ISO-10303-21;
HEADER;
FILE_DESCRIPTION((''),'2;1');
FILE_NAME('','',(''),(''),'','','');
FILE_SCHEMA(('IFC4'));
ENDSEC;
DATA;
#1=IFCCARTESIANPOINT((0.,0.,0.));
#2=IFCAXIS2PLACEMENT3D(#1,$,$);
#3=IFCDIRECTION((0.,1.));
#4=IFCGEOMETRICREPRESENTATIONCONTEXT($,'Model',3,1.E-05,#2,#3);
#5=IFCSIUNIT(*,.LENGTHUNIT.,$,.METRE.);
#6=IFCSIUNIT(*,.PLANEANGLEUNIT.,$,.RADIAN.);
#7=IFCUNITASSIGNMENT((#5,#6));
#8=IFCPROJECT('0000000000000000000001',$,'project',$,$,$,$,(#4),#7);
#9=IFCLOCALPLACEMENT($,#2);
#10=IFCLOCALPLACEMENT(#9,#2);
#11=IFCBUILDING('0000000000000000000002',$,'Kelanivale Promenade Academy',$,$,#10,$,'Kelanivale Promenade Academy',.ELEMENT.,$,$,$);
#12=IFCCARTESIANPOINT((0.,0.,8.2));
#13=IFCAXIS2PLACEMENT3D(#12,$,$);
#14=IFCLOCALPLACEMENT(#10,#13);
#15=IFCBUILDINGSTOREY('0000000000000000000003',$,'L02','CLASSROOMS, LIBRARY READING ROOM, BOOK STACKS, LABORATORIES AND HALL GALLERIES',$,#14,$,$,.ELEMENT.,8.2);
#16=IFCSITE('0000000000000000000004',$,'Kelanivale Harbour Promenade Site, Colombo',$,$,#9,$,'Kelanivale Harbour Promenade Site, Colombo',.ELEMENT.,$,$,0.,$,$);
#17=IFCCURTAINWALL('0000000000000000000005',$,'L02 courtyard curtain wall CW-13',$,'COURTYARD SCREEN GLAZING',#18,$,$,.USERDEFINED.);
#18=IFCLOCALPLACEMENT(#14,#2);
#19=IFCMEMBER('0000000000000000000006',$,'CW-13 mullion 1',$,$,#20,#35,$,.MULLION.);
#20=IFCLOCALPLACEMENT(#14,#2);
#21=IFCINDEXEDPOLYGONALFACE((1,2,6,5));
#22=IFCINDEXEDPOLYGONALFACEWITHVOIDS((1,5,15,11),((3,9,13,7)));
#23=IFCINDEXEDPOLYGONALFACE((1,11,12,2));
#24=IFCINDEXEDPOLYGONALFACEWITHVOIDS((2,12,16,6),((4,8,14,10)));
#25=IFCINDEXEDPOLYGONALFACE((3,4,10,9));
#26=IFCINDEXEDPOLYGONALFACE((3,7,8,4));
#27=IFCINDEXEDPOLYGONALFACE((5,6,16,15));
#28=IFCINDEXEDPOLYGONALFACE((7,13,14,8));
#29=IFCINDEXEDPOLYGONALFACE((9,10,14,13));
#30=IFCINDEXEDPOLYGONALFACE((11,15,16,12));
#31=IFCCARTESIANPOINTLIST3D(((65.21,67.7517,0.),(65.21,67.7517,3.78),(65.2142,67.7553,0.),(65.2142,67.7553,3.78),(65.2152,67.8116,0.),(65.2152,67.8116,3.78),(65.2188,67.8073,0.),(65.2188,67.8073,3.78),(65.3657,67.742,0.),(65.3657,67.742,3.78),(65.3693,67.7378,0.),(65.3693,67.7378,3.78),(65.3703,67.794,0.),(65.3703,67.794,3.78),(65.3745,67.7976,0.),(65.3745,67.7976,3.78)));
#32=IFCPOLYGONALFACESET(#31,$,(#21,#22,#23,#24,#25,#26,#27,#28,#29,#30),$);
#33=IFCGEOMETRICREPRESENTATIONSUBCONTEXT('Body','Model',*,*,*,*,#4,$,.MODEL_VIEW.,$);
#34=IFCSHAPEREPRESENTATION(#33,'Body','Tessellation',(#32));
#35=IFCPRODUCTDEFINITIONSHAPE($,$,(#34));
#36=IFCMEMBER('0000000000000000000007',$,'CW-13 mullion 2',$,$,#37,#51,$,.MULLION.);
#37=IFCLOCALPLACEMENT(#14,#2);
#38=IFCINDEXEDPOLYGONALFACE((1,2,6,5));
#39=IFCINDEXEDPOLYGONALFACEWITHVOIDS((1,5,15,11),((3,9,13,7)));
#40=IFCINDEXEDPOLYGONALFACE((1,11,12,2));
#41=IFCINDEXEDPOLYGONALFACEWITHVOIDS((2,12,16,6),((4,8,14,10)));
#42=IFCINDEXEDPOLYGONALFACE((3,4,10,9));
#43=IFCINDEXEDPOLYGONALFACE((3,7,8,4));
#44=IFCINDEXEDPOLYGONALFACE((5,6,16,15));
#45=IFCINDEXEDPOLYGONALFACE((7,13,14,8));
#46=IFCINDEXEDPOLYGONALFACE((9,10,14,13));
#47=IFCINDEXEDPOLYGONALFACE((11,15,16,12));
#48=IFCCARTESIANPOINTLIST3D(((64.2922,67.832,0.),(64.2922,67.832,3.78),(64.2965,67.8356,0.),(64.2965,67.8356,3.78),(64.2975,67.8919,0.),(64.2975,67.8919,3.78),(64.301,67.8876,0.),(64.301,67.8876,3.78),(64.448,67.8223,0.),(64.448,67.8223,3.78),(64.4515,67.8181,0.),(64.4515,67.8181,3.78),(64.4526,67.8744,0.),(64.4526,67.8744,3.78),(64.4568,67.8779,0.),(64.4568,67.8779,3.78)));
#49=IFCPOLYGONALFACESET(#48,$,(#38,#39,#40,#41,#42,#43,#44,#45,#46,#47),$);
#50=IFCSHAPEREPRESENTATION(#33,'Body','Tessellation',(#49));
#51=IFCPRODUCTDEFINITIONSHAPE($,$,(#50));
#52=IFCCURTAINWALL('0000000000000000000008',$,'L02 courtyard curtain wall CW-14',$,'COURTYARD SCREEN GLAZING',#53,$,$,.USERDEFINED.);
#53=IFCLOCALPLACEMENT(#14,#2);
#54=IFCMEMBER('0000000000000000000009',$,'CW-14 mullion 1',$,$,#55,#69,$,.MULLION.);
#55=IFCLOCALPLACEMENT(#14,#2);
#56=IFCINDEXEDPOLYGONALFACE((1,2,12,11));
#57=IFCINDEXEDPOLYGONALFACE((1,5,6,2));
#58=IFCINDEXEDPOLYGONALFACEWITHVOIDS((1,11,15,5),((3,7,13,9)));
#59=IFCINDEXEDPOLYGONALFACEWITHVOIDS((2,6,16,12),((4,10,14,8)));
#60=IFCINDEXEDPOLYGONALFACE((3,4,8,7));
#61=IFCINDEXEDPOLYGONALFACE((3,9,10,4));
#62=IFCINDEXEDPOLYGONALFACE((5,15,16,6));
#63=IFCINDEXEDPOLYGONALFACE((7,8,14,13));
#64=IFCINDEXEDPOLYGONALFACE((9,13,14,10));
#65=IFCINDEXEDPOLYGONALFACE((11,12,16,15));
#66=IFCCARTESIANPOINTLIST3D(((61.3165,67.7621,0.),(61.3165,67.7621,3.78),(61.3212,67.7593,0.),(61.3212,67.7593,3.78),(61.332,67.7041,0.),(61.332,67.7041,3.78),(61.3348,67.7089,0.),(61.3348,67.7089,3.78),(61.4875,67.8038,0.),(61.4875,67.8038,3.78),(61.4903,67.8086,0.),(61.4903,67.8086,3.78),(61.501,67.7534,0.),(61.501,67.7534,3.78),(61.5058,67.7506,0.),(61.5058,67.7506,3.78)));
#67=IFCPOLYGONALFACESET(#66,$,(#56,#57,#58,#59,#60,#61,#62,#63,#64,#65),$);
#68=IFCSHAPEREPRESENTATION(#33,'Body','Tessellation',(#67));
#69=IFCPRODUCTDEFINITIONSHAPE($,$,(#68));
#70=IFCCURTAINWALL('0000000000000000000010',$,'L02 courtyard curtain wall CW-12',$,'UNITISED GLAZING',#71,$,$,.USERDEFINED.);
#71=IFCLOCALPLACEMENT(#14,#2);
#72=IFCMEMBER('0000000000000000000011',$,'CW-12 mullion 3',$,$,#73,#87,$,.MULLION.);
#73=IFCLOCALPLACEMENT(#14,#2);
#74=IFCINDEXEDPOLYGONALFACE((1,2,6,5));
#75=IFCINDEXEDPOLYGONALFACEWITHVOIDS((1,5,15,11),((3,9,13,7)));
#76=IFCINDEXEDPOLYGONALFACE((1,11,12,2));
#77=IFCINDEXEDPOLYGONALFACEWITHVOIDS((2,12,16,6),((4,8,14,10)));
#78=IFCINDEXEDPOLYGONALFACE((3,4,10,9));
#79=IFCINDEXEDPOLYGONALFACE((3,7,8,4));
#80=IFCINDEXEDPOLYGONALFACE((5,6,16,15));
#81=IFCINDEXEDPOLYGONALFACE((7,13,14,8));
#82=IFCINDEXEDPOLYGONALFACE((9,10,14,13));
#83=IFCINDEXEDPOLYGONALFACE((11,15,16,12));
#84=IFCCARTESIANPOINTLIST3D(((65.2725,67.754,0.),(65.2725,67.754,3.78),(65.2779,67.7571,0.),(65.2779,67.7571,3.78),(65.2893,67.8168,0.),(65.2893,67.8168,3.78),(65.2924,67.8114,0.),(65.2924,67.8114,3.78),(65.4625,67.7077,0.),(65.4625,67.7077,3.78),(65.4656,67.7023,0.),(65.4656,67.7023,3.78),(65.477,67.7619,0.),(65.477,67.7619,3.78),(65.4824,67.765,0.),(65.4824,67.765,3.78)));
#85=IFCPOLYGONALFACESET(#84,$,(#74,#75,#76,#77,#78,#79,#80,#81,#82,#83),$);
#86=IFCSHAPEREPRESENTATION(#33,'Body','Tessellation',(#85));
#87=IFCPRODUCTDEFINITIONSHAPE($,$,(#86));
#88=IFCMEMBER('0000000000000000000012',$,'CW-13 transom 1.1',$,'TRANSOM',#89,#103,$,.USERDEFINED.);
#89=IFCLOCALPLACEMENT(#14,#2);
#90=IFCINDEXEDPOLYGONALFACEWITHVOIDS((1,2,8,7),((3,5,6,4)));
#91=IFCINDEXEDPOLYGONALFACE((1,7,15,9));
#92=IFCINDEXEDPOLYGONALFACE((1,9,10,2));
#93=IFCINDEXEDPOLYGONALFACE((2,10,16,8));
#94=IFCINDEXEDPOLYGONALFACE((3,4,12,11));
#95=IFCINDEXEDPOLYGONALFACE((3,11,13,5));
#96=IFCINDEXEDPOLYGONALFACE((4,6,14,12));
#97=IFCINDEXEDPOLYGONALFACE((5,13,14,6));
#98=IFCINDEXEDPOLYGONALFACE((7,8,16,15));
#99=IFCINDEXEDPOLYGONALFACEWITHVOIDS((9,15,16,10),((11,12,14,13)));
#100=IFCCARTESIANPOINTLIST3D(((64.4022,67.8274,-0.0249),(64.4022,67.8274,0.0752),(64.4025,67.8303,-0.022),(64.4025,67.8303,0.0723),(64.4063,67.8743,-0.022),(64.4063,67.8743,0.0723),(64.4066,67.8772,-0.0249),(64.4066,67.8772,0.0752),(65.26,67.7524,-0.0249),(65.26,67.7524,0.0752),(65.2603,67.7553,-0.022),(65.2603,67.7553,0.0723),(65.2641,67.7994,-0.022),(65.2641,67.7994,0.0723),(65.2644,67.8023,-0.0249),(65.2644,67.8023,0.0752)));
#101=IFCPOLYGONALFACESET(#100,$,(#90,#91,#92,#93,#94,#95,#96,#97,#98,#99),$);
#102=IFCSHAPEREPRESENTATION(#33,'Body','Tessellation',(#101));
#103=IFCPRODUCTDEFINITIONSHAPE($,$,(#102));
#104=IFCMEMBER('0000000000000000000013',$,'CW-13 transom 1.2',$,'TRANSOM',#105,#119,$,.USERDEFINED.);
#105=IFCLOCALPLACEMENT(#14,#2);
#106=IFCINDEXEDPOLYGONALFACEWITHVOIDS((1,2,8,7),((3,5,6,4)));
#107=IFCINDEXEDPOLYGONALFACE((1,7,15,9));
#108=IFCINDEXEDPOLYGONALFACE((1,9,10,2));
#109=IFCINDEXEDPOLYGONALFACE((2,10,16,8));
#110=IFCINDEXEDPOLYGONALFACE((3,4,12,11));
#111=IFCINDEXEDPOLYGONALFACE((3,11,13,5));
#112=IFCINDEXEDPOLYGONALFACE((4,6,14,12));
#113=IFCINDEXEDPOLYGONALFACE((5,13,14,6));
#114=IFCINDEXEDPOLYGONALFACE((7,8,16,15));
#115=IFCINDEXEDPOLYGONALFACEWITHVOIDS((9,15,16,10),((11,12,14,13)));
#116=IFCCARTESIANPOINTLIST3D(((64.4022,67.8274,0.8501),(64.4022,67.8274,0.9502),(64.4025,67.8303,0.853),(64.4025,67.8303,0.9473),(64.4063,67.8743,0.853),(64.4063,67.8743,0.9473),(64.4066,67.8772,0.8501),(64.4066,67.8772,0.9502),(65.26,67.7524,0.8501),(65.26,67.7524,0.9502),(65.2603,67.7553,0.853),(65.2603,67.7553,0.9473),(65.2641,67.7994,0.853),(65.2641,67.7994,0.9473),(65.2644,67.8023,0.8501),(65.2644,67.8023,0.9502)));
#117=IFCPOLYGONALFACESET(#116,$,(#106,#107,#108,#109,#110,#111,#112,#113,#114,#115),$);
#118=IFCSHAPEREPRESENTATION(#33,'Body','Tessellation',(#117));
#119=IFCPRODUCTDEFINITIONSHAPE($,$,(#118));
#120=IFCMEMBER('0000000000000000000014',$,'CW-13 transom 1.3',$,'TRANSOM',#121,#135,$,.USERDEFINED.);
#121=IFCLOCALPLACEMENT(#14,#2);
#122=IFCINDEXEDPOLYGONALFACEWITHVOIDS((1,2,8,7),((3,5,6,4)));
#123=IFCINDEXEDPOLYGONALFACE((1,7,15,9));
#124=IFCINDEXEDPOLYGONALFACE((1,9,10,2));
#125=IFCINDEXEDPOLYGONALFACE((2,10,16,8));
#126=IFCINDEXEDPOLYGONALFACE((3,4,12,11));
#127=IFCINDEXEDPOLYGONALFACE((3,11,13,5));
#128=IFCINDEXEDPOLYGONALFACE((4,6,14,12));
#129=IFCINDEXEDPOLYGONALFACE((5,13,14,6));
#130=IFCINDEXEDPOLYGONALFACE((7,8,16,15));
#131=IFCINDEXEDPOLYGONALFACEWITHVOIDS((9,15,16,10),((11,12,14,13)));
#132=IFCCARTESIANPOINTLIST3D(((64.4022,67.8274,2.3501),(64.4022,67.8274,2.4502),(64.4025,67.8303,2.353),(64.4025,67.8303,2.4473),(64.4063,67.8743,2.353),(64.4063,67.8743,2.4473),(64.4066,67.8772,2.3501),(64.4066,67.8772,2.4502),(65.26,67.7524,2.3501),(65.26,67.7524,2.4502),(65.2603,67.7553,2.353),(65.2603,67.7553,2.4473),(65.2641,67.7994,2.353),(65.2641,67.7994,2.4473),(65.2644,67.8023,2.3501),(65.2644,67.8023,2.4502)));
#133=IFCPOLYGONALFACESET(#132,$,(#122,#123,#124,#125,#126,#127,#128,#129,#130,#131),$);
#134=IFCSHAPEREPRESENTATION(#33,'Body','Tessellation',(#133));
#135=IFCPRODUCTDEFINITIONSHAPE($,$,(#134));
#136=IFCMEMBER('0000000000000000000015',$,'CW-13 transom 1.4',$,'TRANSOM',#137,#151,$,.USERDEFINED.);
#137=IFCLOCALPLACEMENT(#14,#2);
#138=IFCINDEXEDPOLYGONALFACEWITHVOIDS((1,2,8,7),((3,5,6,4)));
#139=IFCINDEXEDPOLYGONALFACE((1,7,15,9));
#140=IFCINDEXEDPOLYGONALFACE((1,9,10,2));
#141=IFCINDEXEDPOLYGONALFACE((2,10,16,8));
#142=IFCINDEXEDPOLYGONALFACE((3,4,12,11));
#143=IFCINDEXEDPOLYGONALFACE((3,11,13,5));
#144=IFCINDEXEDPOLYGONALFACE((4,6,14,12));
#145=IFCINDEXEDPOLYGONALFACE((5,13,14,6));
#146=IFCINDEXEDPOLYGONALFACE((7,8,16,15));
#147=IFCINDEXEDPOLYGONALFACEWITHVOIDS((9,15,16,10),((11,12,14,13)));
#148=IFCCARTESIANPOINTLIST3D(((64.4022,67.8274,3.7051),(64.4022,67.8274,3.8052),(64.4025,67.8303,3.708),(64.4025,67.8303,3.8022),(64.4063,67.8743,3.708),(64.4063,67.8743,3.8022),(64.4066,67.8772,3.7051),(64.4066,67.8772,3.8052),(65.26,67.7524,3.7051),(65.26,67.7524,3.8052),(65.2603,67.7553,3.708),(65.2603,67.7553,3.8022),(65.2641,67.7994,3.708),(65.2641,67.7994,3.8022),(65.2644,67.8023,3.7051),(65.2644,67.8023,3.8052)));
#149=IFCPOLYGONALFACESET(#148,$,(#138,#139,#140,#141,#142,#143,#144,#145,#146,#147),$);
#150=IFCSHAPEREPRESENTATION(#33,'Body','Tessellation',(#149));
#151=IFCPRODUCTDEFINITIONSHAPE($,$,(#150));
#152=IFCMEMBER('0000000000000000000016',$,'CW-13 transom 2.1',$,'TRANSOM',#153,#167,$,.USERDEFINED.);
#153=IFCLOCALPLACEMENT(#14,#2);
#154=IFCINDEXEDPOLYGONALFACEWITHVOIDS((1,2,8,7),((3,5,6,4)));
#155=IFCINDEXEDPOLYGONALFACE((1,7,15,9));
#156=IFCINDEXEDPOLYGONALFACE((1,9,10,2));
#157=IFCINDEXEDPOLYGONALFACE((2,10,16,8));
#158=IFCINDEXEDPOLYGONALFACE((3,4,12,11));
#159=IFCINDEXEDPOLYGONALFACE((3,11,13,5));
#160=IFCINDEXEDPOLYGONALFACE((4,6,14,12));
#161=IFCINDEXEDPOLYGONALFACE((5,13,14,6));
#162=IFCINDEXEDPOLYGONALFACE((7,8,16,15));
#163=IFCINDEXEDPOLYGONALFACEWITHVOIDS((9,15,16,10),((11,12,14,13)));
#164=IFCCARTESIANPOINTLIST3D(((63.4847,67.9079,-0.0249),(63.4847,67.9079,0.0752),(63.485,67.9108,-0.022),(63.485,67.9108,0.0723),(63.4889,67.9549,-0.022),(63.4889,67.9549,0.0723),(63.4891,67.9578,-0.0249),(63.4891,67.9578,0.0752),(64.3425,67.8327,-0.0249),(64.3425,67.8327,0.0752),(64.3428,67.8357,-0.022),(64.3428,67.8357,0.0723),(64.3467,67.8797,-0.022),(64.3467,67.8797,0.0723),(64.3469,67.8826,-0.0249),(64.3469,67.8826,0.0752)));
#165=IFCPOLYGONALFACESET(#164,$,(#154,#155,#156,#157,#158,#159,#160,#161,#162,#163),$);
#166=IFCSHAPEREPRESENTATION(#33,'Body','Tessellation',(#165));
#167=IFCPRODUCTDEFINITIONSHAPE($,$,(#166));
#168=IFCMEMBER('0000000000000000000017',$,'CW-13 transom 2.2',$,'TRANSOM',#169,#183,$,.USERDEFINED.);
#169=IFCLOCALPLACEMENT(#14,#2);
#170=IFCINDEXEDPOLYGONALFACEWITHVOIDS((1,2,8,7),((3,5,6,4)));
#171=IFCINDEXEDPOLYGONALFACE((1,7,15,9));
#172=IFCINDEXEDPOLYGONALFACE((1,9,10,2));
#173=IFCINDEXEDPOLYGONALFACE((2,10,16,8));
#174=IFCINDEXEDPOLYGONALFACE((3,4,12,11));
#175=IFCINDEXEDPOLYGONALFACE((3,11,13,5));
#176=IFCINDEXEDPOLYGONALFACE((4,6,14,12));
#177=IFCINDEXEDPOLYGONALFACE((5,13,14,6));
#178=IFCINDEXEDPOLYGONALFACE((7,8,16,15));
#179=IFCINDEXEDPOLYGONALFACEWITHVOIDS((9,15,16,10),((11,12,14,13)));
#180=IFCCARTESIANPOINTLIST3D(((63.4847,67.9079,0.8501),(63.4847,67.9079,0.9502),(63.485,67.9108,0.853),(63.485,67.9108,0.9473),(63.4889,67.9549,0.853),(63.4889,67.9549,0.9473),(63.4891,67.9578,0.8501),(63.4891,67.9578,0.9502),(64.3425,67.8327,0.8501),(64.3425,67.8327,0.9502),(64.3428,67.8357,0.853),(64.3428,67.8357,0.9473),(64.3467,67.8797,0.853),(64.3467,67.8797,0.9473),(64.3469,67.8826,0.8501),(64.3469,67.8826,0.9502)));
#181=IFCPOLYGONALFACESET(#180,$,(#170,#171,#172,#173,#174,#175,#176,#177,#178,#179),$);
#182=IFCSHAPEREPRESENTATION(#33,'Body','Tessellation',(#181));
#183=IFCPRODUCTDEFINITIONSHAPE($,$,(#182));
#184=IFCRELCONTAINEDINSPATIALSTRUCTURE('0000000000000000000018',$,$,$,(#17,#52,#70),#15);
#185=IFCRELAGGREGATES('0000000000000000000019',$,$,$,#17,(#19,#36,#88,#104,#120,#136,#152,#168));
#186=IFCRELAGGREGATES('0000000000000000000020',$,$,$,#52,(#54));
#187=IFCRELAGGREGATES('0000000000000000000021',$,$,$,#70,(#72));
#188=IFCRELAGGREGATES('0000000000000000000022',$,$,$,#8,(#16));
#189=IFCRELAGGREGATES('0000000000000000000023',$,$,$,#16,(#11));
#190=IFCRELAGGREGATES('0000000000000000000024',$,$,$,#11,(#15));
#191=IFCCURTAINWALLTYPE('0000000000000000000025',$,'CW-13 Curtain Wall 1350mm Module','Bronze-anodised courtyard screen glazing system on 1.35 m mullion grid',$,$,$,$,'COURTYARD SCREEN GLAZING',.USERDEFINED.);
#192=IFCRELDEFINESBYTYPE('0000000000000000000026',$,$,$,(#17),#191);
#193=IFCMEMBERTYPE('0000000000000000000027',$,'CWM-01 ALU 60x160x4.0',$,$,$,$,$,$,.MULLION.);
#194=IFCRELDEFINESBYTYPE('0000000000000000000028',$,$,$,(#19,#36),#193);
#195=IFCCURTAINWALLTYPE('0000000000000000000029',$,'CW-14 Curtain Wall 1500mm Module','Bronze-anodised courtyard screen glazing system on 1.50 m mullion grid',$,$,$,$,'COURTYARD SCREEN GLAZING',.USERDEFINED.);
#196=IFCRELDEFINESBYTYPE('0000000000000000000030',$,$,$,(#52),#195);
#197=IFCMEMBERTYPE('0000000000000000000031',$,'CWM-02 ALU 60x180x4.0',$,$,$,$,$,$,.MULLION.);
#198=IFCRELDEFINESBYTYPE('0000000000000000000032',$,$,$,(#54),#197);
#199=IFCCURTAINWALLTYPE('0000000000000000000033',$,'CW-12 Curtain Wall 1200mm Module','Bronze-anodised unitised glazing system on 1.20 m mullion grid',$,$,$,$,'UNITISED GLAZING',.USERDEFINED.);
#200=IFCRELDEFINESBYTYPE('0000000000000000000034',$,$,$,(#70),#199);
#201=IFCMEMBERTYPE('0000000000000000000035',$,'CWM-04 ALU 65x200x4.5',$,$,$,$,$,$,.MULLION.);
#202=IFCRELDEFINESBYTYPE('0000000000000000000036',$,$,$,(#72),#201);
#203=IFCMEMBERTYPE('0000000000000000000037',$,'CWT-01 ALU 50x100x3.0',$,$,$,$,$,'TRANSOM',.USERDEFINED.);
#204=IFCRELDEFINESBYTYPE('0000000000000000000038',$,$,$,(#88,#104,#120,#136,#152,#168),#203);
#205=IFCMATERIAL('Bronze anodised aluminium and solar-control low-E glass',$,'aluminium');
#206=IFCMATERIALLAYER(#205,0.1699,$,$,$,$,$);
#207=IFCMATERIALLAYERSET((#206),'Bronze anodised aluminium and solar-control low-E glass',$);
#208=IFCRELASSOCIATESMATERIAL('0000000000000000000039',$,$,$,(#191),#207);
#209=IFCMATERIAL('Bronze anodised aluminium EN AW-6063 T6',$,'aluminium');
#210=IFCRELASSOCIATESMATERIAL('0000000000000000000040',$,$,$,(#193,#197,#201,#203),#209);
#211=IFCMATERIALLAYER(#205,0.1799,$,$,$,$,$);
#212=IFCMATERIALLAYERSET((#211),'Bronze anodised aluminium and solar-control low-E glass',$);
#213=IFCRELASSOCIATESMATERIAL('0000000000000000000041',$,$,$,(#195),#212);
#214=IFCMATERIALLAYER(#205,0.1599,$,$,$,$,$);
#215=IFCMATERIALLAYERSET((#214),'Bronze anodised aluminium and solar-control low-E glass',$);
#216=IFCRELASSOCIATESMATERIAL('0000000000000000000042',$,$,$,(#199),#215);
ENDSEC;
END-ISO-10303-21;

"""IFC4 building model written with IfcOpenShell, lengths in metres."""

from ifc_helpers import new_model, si_unit, direction, frame, origin, origin_2d, place, context, subcontext, project, spatial, hollow_rectangle, extrude, material, layer, layer_set, material_profile, profile_set, type_object, element, aggregate, save


model = new_model("IFC4")

# Units and contexts
model_context = context("Model", 3, precision=1e-05, world=origin(), true_north=direction((0.0, 1.0)))
body_context = subcontext(model_context, "Body", "Model", "MODEL_VIEW")
ifc_project = project(units=[si_unit("LENGTHUNIT", "METRE"), si_unit("PLANEANGLEUNIT", "RADIAN")], contexts=[model_context])

# Site, building, storey
site_placement = place(None, origin())
site = spatial("IfcSite", under=ifc_project, at=site_placement, Name="Kelanivale Harbour Promenade Site, Colombo", LongName="Kelanivale Harbour Promenade Site, Colombo", CompositionType="ELEMENT", RefElevation=0.0)
building_placement = place(site_placement, origin())
building = spatial("IfcBuilding", under=site, at=building_placement, Name="Kelanivale Promenade Academy", LongName="Kelanivale Promenade Academy", CompositionType="ELEMENT")
storey_placement = place(building_placement, frame((0.0, 0.0, 8.2)))
storey = spatial("IfcBuildingStorey", under=building, at=storey_placement, Name="L02", Description="CLASSROOMS, LIBRARY READING ROOM, BOOK STACKS, LABORATORIES AND HALL GALLERIES", CompositionType="ELEMENT", Elevation=8.2)

# Curtain wall, members
ifc_material_1 = material(Name="Bronze anodised aluminium and solar-control low-E glass", Category="aluminium")
ifc_layer_1 = layer(ifc_material_1, 0.1699)
ifc_layer_set_1 = layer_set([ifc_layer_1], Name="Bronze anodised aluminium and solar-control low-E glass")
curtain_wall_type_1 = type_object("IfcCurtainWallType", Name="CW-13 Curtain Wall 1350mm Module", Description="Bronze-anodised courtyard screen glazing system on 1.35 m mullion grid", ElementType="COURTYARD SCREEN GLAZING", PredefinedType="USERDEFINED", material=ifc_layer_set_1)
curtain_wall_1_placement = place(storey_placement, origin())
curtain_wall_1 = element("IfcCurtainWall", 1, at=curtain_wall_1_placement, inside=storey, type_object=curtain_wall_type_1, Name="L02 courtyard curtain wall CW-13", ObjectType="COURTYARD SCREEN GLAZING", PredefinedType="USERDEFINED")
ifc_material_2 = material(Name="Bronze anodised aluminium EN AW-6063 T6", Category="aluminium")
ifc_material_profile_1 = material_profile(ifc_material_2, hollow_rectangle(XDim=0.0601, YDim=0.1599, WallThickness=0.0039, at=origin_2d()), Name="ALU 60x160x4.0")
ifc_profile_set_1 = profile_set([ifc_material_profile_1], Name="Bronze anodised aluminium EN AW-6063 T6")
member_type_1 = type_object("IfcMemberType", Name="CWM-01 ALU 60x160x4.0", PredefinedType="MULLION", material=ifc_profile_set_1)
member_1_placement = place(storey_placement, frame((65.2922, 67.7747, 0.0), z_axis=(0.0, 0.0, 1.0), x_axis=(-0.087265, -0.996185, 0.0)))
member_1 = element("IfcMember", 2, at=member_1_placement, type_object=member_type_1, Name="CW-13 mullion 1", PredefinedType="MULLION", context=body_context, shape_type="SweptSolid", body=[
    extrude(hollow_rectangle(XDim=0.0601, YDim=0.1599, WallThickness=0.0039, at=origin_2d()), origin(), (0.0, 0.0, 1.0), 3.78),
])
member_2_placement = place(storey_placement, frame((64.3745, 67.855, 0.0), z_axis=(0.0, 0.0, 1.0), x_axis=(-0.087265, -0.996185, 0.0)))
member_2 = element("IfcMember", 3, at=member_2_placement, type_object=member_type_1, Name="CW-13 mullion 2", PredefinedType="MULLION", context=body_context, shape_type="SweptSolid", body=[
    extrude(hollow_rectangle(XDim=0.0601, YDim=0.1599, WallThickness=0.0039, at=origin_2d()), origin(), (0.0, 0.0, 1.0), 3.78),
])

# Curtain walls, members
ifc_layer_2 = layer(ifc_material_1, 0.1799)
ifc_layer_set_2 = layer_set([ifc_layer_2], Name="Bronze anodised aluminium and solar-control low-E glass")
curtain_wall_type_2 = type_object("IfcCurtainWallType", Name="CW-14 Curtain Wall 1500mm Module", Description="Bronze-anodised courtyard screen glazing system on 1.50 m mullion grid", ElementType="COURTYARD SCREEN GLAZING", PredefinedType="USERDEFINED", material=ifc_layer_set_2)
curtain_wall_2_placement = place(storey_placement, origin())
curtain_wall_2 = element("IfcCurtainWall", 4, at=curtain_wall_2_placement, inside=storey, type_object=curtain_wall_type_2, Name="L02 courtyard curtain wall CW-14", ObjectType="COURTYARD SCREEN GLAZING", PredefinedType="USERDEFINED")
ifc_material_profile_2 = material_profile(ifc_material_2, hollow_rectangle(XDim=0.0601, YDim=0.1799, WallThickness=0.0039, at=origin_2d()), Name="ALU 60x180x4.0")
ifc_profile_set_2 = profile_set([ifc_material_profile_2], Name="Bronze anodised aluminium EN AW-6063 T6")
member_type_2 = type_object("IfcMemberType", Name="CWM-02 ALU 60x180x4.0", PredefinedType="MULLION", material=ifc_profile_set_2)
member_3_placement = place(storey_placement, frame((61.4111, 67.7563, 0.0), z_axis=(0.0, 0.0, 1.0), x_axis=(0.258578, -0.96599, 0.0)))
member_3 = element("IfcMember", 5, at=member_3_placement, type_object=member_type_2, Name="CW-14 mullion 1", PredefinedType="MULLION", context=body_context, shape_type="SweptSolid", body=[
    extrude(hollow_rectangle(XDim=0.0601, YDim=0.1799, WallThickness=0.0039, at=origin_2d()), origin(), (0.0, 0.0, 1.0), 3.78),
])
ifc_layer_3 = layer(ifc_material_1, 0.1599)
ifc_layer_set_3 = layer_set([ifc_layer_3], Name="Bronze anodised aluminium and solar-control low-E glass")
curtain_wall_type_3 = type_object("IfcCurtainWallType", Name="CW-12 Curtain Wall 1200mm Module", Description="Bronze-anodised unitised glazing system on 1.20 m mullion grid", ElementType="UNITISED GLAZING", PredefinedType="USERDEFINED", material=ifc_layer_set_3)
curtain_wall_3_placement = place(storey_placement, origin())
curtain_wall_3 = element("IfcCurtainWall", 6, at=curtain_wall_3_placement, inside=storey, type_object=curtain_wall_type_3, Name="L02 courtyard curtain wall CW-12", ObjectType="UNITISED GLAZING", PredefinedType="USERDEFINED")
ifc_material_profile_3 = material_profile(ifc_material_2, hollow_rectangle(XDim=0.0649, YDim=0.2, WallThickness=0.0044, at=origin_2d()), Name="ALU 65x200x4.5")
ifc_profile_set_3 = profile_set([ifc_material_profile_3], Name="Bronze anodised aluminium EN AW-6063 T6")
member_type_3 = type_object("IfcMemberType", Name="CWM-04 ALU 65x200x4.5", PredefinedType="MULLION", material=ifc_profile_set_3)
member_4_placement = place(storey_placement, frame((65.3774, 67.7595, 0.0), z_axis=(0.0, 0.0, 1.0), x_axis=(-0.258701, -0.965957, 0.0)))
member_4 = element("IfcMember", 7, at=member_4_placement, type_object=member_type_3, Name="CW-12 mullion 3", PredefinedType="MULLION", context=body_context, shape_type="SweptSolid", body=[
    extrude(hollow_rectangle(XDim=0.0649, YDim=0.2, WallThickness=0.0044, at=origin_2d()), origin(), (0.0, 0.0, 1.0), 3.78),
])

# Members
ifc_material_profile_4 = material_profile(ifc_material_2, hollow_rectangle(XDim=0.05, YDim=0.1001, WallThickness=0.0029, at=origin_2d()), Name="ALU 50x100x3.0")
ifc_profile_set_4 = profile_set([ifc_material_profile_4], Name="Bronze anodised aluminium EN AW-6063 T6")
member_type_4 = type_object("IfcMemberType", Name="CWT-01 ALU 50x100x3.0", ElementType="TRANSOM", PredefinedType="USERDEFINED", material=ifc_profile_set_4)
member_5_placement = place(storey_placement, frame((65.2622, 67.7773, 0.0251), z_axis=(-0.996205, 0.087033, 0.0), x_axis=(-0.087033, -0.996205, 0.0)))
member_5 = element("IfcMember", 8, at=member_5_placement, type_object=member_type_4, Name="CW-13 transom 1.1", ObjectType="TRANSOM", PredefinedType="USERDEFINED", context=body_context, shape_type="SweptSolid", body=[
    extrude(hollow_rectangle(XDim=0.05, YDim=0.1001, WallThickness=0.0029, at=origin_2d()), origin(), (0.0, 0.0, 1.0), 0.8611),
])
member_6_placement = place(storey_placement, frame((65.2622, 67.7773, 0.9001), z_axis=(-0.996205, 0.087033, 0.0), x_axis=(-0.087033, -0.996205, 0.0)))
member_6 = element("IfcMember", 9, at=member_6_placement, type_object=member_type_4, Name="CW-13 transom 1.2", ObjectType="TRANSOM", PredefinedType="USERDEFINED", context=body_context, shape_type="SweptSolid", body=[
    extrude(hollow_rectangle(XDim=0.05, YDim=0.1001, WallThickness=0.0029, at=origin_2d()), origin(), (0.0, 0.0, 1.0), 0.8611),
])
member_7_placement = place(storey_placement, frame((65.2622, 67.7773, 2.4001), z_axis=(-0.996205, 0.087033, 0.0), x_axis=(-0.087033, -0.996205, 0.0)))
member_7 = element("IfcMember", 10, at=member_7_placement, type_object=member_type_4, Name="CW-13 transom 1.3", ObjectType="TRANSOM", PredefinedType="USERDEFINED", context=body_context, shape_type="SweptSolid", body=[
    extrude(hollow_rectangle(XDim=0.05, YDim=0.1001, WallThickness=0.0029, at=origin_2d()), origin(), (0.0, 0.0, 1.0), 0.8611),
])
member_8_placement = place(storey_placement, frame((65.2622, 67.7773, 3.7551), z_axis=(-0.996205, 0.087033, 0.0), x_axis=(-0.087033, -0.996205, 0.0)))
member_8 = element("IfcMember", 11, at=member_8_placement, type_object=member_type_4, Name="CW-13 transom 1.4", ObjectType="TRANSOM", PredefinedType="USERDEFINED", context=body_context, shape_type="SweptSolid", body=[
    extrude(hollow_rectangle(XDim=0.05, YDim=0.1001, WallThickness=0.0029, at=origin_2d()), origin(), (0.0, 0.0, 1.0), 0.8611),
])
member_9_placement = place(storey_placement, frame((64.3447, 67.8577, 0.0251), z_axis=(-0.996181, 0.087315, 0.0), x_axis=(-0.087315, -0.996181, 0.0)))
member_9 = element("IfcMember", 12, at=member_9_placement, type_object=member_type_4, Name="CW-13 transom 2.1", ObjectType="TRANSOM", PredefinedType="USERDEFINED", context=body_context, shape_type="SweptSolid", body=[
    extrude(hollow_rectangle(XDim=0.05, YDim=0.1001, WallThickness=0.0029, at=origin_2d()), origin(), (0.0, 0.0, 1.0), 0.8611),
])
member_10_placement = place(storey_placement, frame((64.3447, 67.8577, 0.9001), z_axis=(-0.996181, 0.087315, 0.0), x_axis=(-0.087315, -0.996181, 0.0)))
member_10 = element("IfcMember", 13, at=member_10_placement, type_object=member_type_4, Name="CW-13 transom 2.2", ObjectType="TRANSOM", PredefinedType="USERDEFINED", context=body_context, shape_type="SweptSolid", body=[
    extrude(hollow_rectangle(XDim=0.05, YDim=0.1001, WallThickness=0.0029, at=origin_2d()), origin(), (0.0, 0.0, 1.0), 0.8611),
])

aggregate(curtain_wall_1, [member_1, member_2, member_5, member_6, member_7, member_8, member_9, member_10])
aggregate(curtain_wall_2, [member_3])
aggregate(curtain_wall_3, [member_4])

save(model, "model.ifc")
